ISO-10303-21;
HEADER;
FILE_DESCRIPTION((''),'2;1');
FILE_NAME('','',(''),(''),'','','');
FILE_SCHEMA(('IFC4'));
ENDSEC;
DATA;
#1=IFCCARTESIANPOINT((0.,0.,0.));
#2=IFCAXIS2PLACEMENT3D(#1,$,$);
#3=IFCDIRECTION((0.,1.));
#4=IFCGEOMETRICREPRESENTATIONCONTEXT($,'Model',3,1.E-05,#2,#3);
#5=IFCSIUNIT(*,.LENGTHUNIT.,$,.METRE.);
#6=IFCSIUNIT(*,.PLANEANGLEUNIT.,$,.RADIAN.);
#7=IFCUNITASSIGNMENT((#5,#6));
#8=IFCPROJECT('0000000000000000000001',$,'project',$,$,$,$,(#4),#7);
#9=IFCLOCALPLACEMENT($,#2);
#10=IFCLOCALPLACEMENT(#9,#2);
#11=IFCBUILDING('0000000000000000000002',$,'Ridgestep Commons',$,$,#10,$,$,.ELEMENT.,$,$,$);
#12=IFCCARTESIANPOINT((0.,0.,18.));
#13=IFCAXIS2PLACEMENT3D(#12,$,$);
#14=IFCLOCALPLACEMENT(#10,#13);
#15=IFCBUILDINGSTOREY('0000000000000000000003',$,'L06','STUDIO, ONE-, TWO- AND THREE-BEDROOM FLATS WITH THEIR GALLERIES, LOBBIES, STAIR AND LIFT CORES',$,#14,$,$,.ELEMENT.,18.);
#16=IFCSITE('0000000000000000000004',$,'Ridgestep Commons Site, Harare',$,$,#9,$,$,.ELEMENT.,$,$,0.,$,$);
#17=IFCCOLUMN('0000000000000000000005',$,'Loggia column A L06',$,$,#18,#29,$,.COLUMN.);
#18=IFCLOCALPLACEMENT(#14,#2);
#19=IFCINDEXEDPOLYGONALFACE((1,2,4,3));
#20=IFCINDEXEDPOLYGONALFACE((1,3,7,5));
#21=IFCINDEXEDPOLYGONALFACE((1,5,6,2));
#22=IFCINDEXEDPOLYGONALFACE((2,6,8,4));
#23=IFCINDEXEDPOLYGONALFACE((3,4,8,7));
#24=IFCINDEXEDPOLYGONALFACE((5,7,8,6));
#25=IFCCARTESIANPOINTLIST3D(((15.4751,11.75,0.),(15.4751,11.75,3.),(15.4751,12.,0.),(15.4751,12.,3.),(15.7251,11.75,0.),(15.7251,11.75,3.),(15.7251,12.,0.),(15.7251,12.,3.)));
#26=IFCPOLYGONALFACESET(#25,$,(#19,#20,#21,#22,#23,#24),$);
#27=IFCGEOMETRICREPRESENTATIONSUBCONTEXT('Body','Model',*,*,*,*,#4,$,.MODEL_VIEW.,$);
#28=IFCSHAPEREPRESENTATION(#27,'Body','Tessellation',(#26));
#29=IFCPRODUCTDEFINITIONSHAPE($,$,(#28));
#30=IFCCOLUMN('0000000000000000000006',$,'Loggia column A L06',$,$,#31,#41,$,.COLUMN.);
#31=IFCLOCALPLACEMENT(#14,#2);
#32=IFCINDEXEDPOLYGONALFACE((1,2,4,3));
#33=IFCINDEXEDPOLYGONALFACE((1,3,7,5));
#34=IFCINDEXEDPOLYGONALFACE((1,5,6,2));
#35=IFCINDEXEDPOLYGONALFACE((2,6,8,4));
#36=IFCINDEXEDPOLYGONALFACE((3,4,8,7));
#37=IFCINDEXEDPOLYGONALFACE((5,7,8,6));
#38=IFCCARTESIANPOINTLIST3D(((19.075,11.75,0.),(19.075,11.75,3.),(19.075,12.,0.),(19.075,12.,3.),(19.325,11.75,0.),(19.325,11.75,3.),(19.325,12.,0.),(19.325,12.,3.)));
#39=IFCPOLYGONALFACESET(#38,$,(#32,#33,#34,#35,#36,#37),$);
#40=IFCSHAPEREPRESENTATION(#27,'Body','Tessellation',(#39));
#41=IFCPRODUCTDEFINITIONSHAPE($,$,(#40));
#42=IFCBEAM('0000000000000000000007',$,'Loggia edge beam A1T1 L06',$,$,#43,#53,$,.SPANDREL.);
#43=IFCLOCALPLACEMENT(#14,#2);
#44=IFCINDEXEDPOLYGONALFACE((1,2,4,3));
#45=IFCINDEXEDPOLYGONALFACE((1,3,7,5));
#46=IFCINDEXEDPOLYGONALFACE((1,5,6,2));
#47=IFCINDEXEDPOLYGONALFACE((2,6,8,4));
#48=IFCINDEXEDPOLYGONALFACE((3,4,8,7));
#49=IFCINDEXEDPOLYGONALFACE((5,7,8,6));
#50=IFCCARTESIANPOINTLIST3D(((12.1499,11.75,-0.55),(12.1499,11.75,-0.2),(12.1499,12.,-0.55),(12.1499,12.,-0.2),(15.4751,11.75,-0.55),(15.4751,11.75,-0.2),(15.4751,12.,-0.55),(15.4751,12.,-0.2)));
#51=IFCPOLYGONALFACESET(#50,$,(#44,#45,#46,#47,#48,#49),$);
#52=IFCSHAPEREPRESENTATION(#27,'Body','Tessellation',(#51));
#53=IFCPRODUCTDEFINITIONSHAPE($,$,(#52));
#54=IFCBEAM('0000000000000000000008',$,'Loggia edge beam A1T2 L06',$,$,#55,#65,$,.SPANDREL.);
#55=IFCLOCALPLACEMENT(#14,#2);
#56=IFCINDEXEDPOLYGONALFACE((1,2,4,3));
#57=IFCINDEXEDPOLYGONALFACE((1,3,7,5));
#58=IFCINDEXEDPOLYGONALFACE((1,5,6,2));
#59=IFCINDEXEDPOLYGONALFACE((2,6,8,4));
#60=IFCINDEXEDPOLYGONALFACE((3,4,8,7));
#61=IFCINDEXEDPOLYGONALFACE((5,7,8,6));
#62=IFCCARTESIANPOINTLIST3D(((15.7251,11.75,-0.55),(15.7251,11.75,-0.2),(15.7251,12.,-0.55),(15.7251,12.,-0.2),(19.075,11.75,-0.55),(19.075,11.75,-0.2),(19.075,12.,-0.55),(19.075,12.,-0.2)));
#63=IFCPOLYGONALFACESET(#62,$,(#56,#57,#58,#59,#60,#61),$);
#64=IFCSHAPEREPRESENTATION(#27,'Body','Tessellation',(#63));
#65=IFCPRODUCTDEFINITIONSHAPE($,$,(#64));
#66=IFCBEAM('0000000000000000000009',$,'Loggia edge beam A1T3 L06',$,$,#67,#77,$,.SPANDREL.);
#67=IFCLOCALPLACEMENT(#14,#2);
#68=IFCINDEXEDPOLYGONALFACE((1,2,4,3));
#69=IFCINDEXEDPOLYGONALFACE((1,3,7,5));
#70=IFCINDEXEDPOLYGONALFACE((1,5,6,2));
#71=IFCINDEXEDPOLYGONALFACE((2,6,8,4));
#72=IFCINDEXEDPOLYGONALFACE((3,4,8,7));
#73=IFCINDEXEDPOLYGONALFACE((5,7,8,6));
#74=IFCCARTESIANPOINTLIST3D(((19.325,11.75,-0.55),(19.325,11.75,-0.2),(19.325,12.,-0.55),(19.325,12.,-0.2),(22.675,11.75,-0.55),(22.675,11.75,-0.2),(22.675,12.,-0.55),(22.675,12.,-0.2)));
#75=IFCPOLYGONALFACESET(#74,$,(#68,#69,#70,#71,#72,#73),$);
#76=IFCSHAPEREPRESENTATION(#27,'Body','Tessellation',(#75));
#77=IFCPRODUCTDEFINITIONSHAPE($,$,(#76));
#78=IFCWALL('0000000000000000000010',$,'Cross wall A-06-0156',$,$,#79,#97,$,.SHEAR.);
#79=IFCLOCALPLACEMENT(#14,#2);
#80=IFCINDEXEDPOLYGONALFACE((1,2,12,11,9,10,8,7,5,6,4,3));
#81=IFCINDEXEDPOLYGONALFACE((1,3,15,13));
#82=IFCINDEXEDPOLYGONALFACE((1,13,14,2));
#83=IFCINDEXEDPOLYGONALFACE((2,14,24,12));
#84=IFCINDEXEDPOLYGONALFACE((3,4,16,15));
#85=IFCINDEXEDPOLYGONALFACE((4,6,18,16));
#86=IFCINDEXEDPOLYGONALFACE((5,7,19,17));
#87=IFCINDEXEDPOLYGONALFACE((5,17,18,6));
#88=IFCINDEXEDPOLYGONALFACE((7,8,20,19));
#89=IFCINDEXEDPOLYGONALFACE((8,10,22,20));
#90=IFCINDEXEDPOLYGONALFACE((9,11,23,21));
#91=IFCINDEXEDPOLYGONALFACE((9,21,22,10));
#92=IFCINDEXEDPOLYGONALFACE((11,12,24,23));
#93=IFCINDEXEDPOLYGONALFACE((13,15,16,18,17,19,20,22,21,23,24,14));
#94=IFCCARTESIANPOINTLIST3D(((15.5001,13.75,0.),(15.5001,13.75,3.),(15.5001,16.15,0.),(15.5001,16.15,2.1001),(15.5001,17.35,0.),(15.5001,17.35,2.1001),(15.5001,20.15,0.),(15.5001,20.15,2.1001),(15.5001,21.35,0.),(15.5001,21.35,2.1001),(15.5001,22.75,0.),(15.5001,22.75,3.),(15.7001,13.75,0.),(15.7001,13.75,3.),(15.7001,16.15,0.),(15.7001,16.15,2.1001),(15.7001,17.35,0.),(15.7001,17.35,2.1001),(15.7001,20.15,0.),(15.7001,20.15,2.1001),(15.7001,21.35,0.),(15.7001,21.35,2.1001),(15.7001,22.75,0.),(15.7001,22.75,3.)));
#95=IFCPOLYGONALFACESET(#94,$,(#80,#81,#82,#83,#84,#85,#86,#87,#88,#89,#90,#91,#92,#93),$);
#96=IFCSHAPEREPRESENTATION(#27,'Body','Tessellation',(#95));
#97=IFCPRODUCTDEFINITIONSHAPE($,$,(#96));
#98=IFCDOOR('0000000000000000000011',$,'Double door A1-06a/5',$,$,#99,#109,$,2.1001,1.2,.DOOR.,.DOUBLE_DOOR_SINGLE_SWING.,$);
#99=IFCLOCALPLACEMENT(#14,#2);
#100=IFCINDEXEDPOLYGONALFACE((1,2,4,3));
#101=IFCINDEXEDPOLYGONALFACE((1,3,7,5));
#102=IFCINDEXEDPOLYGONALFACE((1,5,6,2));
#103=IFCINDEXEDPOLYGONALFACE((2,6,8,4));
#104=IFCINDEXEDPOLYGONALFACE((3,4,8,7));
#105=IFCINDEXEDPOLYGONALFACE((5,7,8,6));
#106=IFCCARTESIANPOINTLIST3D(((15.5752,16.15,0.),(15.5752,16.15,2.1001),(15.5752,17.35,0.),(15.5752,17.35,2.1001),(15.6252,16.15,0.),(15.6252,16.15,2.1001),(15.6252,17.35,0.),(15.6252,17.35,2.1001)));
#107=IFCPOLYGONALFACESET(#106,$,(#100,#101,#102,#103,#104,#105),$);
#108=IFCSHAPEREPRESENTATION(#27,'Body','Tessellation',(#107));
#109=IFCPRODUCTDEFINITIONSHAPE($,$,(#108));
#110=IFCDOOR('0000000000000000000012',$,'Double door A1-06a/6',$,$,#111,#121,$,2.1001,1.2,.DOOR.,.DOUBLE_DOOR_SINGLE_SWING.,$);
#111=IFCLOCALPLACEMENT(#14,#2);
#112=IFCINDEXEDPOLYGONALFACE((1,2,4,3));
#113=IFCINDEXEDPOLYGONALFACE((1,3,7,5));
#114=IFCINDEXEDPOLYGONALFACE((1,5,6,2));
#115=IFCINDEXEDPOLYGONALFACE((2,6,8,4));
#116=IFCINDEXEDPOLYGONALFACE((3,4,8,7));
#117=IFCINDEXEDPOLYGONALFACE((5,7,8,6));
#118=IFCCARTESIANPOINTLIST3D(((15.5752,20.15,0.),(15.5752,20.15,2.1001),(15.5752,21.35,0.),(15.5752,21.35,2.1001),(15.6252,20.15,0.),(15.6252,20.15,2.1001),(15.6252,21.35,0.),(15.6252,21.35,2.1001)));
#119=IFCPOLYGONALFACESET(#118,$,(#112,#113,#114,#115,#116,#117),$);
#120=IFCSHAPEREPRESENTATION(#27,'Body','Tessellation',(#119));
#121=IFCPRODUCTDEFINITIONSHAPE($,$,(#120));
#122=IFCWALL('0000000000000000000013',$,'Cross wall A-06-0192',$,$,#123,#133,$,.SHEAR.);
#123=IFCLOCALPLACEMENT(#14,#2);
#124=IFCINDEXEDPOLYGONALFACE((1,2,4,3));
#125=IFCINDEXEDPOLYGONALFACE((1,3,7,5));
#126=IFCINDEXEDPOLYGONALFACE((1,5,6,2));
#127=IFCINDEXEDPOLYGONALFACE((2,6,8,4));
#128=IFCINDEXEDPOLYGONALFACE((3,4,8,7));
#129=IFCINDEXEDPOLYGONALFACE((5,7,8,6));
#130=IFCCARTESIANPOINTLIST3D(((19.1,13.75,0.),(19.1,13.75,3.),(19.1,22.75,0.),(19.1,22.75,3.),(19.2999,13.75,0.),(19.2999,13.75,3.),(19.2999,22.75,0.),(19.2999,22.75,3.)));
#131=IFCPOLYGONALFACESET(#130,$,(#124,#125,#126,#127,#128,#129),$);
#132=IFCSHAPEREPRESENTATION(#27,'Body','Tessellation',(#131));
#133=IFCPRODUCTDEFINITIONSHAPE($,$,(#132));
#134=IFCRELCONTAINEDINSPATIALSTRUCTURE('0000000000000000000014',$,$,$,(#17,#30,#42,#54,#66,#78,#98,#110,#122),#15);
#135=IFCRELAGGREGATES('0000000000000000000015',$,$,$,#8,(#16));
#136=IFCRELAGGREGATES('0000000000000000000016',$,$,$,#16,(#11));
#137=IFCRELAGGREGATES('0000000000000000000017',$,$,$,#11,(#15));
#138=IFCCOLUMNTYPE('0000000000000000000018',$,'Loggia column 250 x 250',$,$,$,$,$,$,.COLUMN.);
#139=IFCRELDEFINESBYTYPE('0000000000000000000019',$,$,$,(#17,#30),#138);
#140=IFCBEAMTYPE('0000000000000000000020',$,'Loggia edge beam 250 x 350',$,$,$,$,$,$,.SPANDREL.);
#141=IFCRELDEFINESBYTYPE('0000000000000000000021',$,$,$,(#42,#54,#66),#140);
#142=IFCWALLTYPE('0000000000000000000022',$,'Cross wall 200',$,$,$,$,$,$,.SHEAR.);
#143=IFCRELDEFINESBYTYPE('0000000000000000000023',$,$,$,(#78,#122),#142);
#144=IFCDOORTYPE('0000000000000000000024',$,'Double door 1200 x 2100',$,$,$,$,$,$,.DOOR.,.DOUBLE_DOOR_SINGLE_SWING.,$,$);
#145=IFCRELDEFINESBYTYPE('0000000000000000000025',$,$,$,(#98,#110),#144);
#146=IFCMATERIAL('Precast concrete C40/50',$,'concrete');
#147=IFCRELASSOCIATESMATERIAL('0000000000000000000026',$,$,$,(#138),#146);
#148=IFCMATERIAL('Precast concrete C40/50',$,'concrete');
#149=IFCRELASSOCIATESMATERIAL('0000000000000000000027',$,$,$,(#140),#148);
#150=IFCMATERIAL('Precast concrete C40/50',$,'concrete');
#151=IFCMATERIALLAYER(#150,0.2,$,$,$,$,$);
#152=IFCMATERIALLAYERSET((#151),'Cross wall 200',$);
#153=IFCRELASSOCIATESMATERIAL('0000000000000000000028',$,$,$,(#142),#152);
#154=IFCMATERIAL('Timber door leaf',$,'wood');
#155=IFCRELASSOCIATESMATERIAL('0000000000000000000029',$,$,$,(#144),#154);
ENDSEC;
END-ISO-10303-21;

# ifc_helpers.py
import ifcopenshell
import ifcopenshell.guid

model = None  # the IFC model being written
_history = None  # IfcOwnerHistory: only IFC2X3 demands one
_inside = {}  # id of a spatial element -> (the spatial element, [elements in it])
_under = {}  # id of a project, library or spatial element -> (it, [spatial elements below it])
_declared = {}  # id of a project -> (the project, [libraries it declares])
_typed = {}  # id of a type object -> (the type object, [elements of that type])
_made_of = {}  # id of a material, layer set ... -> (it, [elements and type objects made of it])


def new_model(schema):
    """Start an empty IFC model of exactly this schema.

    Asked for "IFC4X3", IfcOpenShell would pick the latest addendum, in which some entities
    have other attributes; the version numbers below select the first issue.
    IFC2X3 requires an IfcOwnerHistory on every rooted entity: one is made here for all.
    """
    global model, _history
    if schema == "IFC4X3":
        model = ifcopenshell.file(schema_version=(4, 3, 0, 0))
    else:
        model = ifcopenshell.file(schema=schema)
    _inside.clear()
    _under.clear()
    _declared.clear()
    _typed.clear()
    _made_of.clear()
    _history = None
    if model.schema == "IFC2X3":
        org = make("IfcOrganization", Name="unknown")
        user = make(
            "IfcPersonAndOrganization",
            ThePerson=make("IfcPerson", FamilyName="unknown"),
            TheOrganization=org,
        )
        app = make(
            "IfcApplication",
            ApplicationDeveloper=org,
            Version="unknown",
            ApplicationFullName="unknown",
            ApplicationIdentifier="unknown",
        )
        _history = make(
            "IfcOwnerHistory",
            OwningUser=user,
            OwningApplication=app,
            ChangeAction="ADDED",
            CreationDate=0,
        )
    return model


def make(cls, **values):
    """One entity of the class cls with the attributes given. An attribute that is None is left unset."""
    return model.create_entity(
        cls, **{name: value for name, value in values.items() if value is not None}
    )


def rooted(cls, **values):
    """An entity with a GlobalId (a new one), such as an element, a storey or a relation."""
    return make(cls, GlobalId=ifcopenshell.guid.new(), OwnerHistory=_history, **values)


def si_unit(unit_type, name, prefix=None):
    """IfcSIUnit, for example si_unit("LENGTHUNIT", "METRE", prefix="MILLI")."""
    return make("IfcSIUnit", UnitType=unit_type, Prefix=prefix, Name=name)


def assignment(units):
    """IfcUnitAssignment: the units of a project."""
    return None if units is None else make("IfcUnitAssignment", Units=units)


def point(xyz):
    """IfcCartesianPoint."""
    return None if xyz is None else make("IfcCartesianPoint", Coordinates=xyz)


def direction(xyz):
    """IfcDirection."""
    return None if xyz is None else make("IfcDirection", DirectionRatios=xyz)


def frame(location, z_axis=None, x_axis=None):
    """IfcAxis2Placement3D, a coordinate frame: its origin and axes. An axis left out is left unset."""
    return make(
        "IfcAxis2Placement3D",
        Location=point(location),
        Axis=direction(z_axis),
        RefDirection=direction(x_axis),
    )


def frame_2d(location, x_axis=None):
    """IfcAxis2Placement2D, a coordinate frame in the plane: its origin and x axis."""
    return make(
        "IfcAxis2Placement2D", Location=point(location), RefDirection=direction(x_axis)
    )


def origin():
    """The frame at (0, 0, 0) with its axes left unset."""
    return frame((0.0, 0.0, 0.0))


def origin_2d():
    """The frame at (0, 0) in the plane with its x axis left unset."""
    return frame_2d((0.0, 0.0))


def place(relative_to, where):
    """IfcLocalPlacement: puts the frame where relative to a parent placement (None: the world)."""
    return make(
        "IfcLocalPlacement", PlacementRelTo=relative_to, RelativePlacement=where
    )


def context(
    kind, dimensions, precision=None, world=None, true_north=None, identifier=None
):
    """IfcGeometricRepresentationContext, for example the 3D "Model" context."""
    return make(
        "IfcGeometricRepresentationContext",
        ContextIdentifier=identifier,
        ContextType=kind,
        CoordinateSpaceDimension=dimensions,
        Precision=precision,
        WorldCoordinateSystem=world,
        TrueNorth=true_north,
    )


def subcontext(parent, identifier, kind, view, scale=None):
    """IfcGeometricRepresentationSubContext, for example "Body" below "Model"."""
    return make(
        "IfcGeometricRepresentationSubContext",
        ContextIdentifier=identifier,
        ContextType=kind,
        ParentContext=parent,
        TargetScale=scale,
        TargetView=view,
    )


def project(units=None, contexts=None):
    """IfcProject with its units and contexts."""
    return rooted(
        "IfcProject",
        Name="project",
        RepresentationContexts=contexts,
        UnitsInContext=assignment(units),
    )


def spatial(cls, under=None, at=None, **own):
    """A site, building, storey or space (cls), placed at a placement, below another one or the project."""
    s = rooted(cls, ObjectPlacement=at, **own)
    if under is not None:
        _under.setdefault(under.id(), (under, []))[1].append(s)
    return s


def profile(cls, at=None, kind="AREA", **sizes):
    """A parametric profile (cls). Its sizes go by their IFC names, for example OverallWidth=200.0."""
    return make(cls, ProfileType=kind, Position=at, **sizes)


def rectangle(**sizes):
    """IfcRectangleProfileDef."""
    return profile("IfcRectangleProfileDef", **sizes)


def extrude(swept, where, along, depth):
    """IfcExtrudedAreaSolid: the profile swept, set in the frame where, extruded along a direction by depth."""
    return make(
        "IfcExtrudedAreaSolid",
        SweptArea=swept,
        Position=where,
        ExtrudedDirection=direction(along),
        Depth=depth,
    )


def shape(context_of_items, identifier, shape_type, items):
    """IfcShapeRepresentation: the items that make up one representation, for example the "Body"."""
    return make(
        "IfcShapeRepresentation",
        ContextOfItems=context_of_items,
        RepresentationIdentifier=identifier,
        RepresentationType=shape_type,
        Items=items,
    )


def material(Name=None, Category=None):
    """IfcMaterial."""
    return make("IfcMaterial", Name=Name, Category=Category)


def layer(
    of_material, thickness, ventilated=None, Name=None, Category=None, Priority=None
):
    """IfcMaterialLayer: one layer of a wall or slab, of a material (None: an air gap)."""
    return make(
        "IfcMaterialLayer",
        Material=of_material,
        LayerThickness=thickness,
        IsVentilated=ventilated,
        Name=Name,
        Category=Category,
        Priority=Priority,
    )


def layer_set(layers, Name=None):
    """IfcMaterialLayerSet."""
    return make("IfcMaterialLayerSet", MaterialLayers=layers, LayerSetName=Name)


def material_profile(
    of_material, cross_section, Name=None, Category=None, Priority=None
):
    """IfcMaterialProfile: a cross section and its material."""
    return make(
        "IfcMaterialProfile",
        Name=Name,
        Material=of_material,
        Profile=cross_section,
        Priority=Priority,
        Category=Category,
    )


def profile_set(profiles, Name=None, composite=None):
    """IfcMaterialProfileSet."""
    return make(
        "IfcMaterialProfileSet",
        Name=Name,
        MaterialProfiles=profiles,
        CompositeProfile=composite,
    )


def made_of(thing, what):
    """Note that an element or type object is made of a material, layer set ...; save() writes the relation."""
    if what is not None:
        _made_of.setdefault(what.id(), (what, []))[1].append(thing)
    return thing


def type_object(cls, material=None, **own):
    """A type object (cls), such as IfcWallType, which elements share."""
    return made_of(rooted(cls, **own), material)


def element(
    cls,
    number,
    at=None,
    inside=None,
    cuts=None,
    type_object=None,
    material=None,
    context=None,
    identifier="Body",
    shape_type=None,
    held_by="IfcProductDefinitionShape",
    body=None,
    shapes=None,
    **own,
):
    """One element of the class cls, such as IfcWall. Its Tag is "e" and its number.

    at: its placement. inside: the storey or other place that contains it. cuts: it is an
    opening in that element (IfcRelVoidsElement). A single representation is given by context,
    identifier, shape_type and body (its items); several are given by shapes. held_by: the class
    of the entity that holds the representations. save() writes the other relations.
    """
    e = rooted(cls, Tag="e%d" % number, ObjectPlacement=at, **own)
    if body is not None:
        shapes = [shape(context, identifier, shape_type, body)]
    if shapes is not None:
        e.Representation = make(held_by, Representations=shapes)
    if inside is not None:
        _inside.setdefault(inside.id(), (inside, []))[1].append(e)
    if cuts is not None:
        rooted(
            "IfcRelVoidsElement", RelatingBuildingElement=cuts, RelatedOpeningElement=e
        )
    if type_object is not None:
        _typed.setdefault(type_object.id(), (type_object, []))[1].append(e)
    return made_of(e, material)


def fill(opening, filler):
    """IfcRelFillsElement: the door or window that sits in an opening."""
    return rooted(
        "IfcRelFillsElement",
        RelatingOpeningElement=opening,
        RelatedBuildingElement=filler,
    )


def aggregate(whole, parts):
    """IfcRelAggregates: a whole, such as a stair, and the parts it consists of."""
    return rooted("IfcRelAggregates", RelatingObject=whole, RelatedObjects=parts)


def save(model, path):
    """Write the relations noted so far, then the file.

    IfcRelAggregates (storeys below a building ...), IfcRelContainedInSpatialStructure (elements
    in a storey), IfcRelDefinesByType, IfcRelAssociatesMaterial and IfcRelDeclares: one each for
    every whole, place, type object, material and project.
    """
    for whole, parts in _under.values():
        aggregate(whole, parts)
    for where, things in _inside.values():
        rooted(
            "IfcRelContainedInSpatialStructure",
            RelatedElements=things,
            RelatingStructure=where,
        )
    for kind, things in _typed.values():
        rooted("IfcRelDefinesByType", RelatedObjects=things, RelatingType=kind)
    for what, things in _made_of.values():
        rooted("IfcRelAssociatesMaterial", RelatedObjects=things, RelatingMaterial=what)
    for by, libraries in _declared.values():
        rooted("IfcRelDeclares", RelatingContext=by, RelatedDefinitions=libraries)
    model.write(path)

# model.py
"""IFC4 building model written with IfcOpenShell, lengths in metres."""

from ifc_helpers import new_model, si_unit, direction, frame, frame_2d, origin, origin_2d, place, context, subcontext, project, spatial, rectangle, extrude, material, layer, layer_set, material_profile, profile_set, type_object, element, fill, save


model = new_model("IFC4")

# Units and contexts
model_context = context("Model", 3, precision=1e-05, world=origin(), true_north=direction((0.0, 1.0)))
body_context = subcontext(model_context, "Body", "Model", "MODEL_VIEW")
ifc_project = project(units=[si_unit("LENGTHUNIT", "METRE"), si_unit("PLANEANGLEUNIT", "RADIAN")], contexts=[model_context])

# Site, building, storey
site_placement = place(None, origin())
site = spatial("IfcSite", under=ifc_project, at=site_placement, Name="Ridgestep Commons Site, Harare", CompositionType="ELEMENT", RefElevation=0.0)
building_placement = place(site_placement, origin())
building = spatial("IfcBuilding", under=site, at=building_placement, Name="Ridgestep Commons", CompositionType="ELEMENT")
storey_placement = place(building_placement, frame((0.0, 0.0, 18.0)))
storey = spatial("IfcBuildingStorey", under=building, at=storey_placement, Name="L06", Description="STUDIO, ONE-, TWO- AND THREE-BEDROOM FLATS WITH THEIR GALLERIES, LOBBIES, STAIR AND LIFT CORES", CompositionType="ELEMENT", Elevation=18.0)

# Columns
ifc_material_1 = material(Name="Precast concrete C40/50", Category="concrete")
ifc_material_profile_1 = material_profile(ifc_material_1, rectangle(XDim=0.25, YDim=0.25, at=origin_2d()), Name="PC 250x250")
ifc_profile_set_1 = profile_set([ifc_material_profile_1], Name="Precast concrete C40/50")
column_type = type_object("IfcColumnType", Name="Loggia column 250 x 250", PredefinedType="COLUMN", material=ifc_profile_set_1)
for number, where, z_axis, x_axis, name in (
    (1, (15.6001, 11.875, 0.0), (0.0, 0.0, 1.0), (1.0, 0.0, 0.0), "Loggia column A L06"),
    (2, (19.2, 11.875, 0.0), (0.0, 0.0, 1.0), (1.0, 0.0, 0.0), "Loggia column A L06"),
):
    element("IfcColumn", number, at=place(storey_placement, frame(where, z_axis=z_axis, x_axis=x_axis)), inside=storey, type_object=column_type, Name=name, PredefinedType="COLUMN", context=body_context, shape_type="SweptSolid", body=[
        extrude(rectangle(XDim=0.25, YDim=0.25, at=origin_2d()), origin(), (0.0, 0.0, 1.0), 3.0),
    ])

# Beams
ifc_material_2 = material(Name="Precast concrete C40/50", Category="concrete")
ifc_material_profile_2 = material_profile(ifc_material_2, rectangle(XDim=0.25, YDim=0.3501, at=origin_2d()), Name="PC 250x350")
ifc_profile_set_2 = profile_set([ifc_material_profile_2], Name="Precast concrete C40/50")
beam_type = type_object("IfcBeamType", Name="Loggia edge beam 250 x 350", PredefinedType="SPANDREL", material=ifc_profile_set_2)
beam_1_placement = place(storey_placement, frame((12.1499, 11.875, -0.375), z_axis=(1.0, 0.0, 0.0), x_axis=(0.0, 1.0, 0.0)))
element("IfcBeam", 3, at=beam_1_placement, inside=storey, type_object=beam_type, Name="Loggia edge beam A1T1 L06", PredefinedType="SPANDREL", context=body_context, shape_type="SweptSolid", body=[
    extrude(rectangle(XDim=0.25, YDim=0.3501, at=origin_2d()), origin(), (0.0, 0.0, 1.0), 3.3252),
])
beam_2_placement = place(storey_placement, frame((15.7251, 11.875, -0.375), z_axis=(1.0, 0.0, 0.0), x_axis=(0.0, 1.0, 0.0)))
element("IfcBeam", 4, at=beam_2_placement, inside=storey, type_object=beam_type, Name="Loggia edge beam A1T2 L06", PredefinedType="SPANDREL", context=body_context, shape_type="SweptSolid", body=[
    extrude(rectangle(XDim=0.25, YDim=0.3501, at=origin_2d()), origin(), (0.0, 0.0, 1.0), 3.3499),
])
beam_3_placement = place(storey_placement, frame((19.325, 11.875, -0.375), z_axis=(1.0, 0.0, 0.0), x_axis=(0.0, 1.0, 0.0)))
element("IfcBeam", 5, at=beam_3_placement, inside=storey, type_object=beam_type, Name="Loggia edge beam A1T3 L06", PredefinedType="SPANDREL", context=body_context, shape_type="SweptSolid", body=[
    extrude(rectangle(XDim=0.25, YDim=0.3501, at=origin_2d()), origin(), (0.0, 0.0, 1.0), 3.3501),
])

# Wall, openings, doors
ifc_material_3 = material(Name="Precast concrete C40/50", Category="concrete")
ifc_layer_1 = layer(ifc_material_3, 0.2)
ifc_layer_set_1 = layer_set([ifc_layer_1], Name="Cross wall 200")
wall_type_1 = type_object("IfcWallType", Name="Cross wall 200", PredefinedType="SHEAR", material=ifc_layer_set_1)
wall_1_placement = place(storey_placement, frame((15.6001, 13.75, 0.0), z_axis=(0.0, 0.0, 1.0), x_axis=(0.0, 1.0, 0.0)))
wall_1 = element("IfcWall", 6, at=wall_1_placement, inside=storey, type_object=wall_type_1, Name="Cross wall A-06-0156", PredefinedType="SHEAR", context=body_context, shape_type="SweptSolid", body=[
    extrude(rectangle(XDim=9.0, YDim=0.2, at=frame_2d((4.5, 0.0))), origin(), (0.0, 0.0, 1.0), 3.0),
])
opening_1_placement = place(wall_1_placement, frame((2.3999, 0.0, 0.0)))
opening_1 = element("IfcOpeningElement", 7, at=opening_1_placement, cuts=wall_1, PredefinedType="OPENING", context=body_context, shape_type="SweptSolid", body=[
    extrude(rectangle(XDim=1.2, YDim=2.1001, at=frame_2d((0.6001, 1.05))), frame((0.0, 0.1099, 0.0), z_axis=(0.0, -1.0, 0.0), x_axis=(1.0, 0.0, 0.0)), (0.0, 0.0, 1.0), 0.22),
])
opening_2_placement = place(wall_1_placement, frame((6.3999, 0.0, 0.0)))
opening_2 = element("IfcOpeningElement", 8, at=opening_2_placement, cuts=wall_1, PredefinedType="OPENING", context=body_context, shape_type="SweptSolid", body=[
    extrude(rectangle(XDim=1.2, YDim=2.1001, at=frame_2d((0.6001, 1.05))), frame((0.0, 0.1099, 0.0), z_axis=(0.0, -1.0, 0.0), x_axis=(1.0, 0.0, 0.0)), (0.0, 0.0, 1.0), 0.22),
])
ifc_material_4 = material(Name="Timber door leaf", Category="wood")
door_type_1 = type_object("IfcDoorType", Name="Double door 1200 x 2100", OperationType="DOUBLE_DOOR_SINGLE_SWING", PredefinedType="DOOR", material=ifc_material_4)
door_1_placement = place(opening_1_placement, origin())
door_1 = element("IfcDoor", 9, at=door_1_placement, inside=storey, type_object=door_type_1, Name="Double door A1-06a/5", OperationType="DOUBLE_DOOR_SINGLE_SWING", OverallHeight=2.1001, OverallWidth=1.2, PredefinedType="DOOR", context=body_context, shape_type="SweptSolid", body=[
    extrude(rectangle(XDim=1.2, YDim=2.1001, at=frame_2d((0.6001, 1.05))), frame((0.0, 0.0249, 0.0), z_axis=(0.0, -1.0, 0.0), x_axis=(1.0, 0.0, 0.0)), (0.0, 0.0, 1.0), 0.05),
])
fill(opening_1, door_1)
door_2_placement = place(opening_2_placement, origin())
door_2 = element("IfcDoor", 10, at=door_2_placement, inside=storey, type_object=door_type_1, Name="Double door A1-06a/6", OperationType="DOUBLE_DOOR_SINGLE_SWING", OverallHeight=2.1001, OverallWidth=1.2, PredefinedType="DOOR", context=body_context, shape_type="SweptSolid", body=[
    extrude(rectangle(XDim=1.2, YDim=2.1001, at=frame_2d((0.6001, 1.05))), frame((0.0, 0.0249, 0.0), z_axis=(0.0, -1.0, 0.0), x_axis=(1.0, 0.0, 0.0)), (0.0, 0.0, 1.0), 0.05),
])
fill(opening_2, door_2)

# Wall
wall_2_placement = place(storey_placement, frame((19.2, 13.75, 0.0), z_axis=(0.0, 0.0, 1.0), x_axis=(0.0, 1.0, 0.0)))
element("IfcWall", 11, at=wall_2_placement, inside=storey, type_object=wall_type_1, Name="Cross wall A-06-0192", PredefinedType="SHEAR", context=body_context, shape_type="SweptSolid", body=[
    extrude(rectangle(XDim=9.0, YDim=0.2, at=frame_2d((4.5, 0.0))), origin(), (0.0, 0.0, 1.0), 3.0),
])

save(model, "model.ifc")
